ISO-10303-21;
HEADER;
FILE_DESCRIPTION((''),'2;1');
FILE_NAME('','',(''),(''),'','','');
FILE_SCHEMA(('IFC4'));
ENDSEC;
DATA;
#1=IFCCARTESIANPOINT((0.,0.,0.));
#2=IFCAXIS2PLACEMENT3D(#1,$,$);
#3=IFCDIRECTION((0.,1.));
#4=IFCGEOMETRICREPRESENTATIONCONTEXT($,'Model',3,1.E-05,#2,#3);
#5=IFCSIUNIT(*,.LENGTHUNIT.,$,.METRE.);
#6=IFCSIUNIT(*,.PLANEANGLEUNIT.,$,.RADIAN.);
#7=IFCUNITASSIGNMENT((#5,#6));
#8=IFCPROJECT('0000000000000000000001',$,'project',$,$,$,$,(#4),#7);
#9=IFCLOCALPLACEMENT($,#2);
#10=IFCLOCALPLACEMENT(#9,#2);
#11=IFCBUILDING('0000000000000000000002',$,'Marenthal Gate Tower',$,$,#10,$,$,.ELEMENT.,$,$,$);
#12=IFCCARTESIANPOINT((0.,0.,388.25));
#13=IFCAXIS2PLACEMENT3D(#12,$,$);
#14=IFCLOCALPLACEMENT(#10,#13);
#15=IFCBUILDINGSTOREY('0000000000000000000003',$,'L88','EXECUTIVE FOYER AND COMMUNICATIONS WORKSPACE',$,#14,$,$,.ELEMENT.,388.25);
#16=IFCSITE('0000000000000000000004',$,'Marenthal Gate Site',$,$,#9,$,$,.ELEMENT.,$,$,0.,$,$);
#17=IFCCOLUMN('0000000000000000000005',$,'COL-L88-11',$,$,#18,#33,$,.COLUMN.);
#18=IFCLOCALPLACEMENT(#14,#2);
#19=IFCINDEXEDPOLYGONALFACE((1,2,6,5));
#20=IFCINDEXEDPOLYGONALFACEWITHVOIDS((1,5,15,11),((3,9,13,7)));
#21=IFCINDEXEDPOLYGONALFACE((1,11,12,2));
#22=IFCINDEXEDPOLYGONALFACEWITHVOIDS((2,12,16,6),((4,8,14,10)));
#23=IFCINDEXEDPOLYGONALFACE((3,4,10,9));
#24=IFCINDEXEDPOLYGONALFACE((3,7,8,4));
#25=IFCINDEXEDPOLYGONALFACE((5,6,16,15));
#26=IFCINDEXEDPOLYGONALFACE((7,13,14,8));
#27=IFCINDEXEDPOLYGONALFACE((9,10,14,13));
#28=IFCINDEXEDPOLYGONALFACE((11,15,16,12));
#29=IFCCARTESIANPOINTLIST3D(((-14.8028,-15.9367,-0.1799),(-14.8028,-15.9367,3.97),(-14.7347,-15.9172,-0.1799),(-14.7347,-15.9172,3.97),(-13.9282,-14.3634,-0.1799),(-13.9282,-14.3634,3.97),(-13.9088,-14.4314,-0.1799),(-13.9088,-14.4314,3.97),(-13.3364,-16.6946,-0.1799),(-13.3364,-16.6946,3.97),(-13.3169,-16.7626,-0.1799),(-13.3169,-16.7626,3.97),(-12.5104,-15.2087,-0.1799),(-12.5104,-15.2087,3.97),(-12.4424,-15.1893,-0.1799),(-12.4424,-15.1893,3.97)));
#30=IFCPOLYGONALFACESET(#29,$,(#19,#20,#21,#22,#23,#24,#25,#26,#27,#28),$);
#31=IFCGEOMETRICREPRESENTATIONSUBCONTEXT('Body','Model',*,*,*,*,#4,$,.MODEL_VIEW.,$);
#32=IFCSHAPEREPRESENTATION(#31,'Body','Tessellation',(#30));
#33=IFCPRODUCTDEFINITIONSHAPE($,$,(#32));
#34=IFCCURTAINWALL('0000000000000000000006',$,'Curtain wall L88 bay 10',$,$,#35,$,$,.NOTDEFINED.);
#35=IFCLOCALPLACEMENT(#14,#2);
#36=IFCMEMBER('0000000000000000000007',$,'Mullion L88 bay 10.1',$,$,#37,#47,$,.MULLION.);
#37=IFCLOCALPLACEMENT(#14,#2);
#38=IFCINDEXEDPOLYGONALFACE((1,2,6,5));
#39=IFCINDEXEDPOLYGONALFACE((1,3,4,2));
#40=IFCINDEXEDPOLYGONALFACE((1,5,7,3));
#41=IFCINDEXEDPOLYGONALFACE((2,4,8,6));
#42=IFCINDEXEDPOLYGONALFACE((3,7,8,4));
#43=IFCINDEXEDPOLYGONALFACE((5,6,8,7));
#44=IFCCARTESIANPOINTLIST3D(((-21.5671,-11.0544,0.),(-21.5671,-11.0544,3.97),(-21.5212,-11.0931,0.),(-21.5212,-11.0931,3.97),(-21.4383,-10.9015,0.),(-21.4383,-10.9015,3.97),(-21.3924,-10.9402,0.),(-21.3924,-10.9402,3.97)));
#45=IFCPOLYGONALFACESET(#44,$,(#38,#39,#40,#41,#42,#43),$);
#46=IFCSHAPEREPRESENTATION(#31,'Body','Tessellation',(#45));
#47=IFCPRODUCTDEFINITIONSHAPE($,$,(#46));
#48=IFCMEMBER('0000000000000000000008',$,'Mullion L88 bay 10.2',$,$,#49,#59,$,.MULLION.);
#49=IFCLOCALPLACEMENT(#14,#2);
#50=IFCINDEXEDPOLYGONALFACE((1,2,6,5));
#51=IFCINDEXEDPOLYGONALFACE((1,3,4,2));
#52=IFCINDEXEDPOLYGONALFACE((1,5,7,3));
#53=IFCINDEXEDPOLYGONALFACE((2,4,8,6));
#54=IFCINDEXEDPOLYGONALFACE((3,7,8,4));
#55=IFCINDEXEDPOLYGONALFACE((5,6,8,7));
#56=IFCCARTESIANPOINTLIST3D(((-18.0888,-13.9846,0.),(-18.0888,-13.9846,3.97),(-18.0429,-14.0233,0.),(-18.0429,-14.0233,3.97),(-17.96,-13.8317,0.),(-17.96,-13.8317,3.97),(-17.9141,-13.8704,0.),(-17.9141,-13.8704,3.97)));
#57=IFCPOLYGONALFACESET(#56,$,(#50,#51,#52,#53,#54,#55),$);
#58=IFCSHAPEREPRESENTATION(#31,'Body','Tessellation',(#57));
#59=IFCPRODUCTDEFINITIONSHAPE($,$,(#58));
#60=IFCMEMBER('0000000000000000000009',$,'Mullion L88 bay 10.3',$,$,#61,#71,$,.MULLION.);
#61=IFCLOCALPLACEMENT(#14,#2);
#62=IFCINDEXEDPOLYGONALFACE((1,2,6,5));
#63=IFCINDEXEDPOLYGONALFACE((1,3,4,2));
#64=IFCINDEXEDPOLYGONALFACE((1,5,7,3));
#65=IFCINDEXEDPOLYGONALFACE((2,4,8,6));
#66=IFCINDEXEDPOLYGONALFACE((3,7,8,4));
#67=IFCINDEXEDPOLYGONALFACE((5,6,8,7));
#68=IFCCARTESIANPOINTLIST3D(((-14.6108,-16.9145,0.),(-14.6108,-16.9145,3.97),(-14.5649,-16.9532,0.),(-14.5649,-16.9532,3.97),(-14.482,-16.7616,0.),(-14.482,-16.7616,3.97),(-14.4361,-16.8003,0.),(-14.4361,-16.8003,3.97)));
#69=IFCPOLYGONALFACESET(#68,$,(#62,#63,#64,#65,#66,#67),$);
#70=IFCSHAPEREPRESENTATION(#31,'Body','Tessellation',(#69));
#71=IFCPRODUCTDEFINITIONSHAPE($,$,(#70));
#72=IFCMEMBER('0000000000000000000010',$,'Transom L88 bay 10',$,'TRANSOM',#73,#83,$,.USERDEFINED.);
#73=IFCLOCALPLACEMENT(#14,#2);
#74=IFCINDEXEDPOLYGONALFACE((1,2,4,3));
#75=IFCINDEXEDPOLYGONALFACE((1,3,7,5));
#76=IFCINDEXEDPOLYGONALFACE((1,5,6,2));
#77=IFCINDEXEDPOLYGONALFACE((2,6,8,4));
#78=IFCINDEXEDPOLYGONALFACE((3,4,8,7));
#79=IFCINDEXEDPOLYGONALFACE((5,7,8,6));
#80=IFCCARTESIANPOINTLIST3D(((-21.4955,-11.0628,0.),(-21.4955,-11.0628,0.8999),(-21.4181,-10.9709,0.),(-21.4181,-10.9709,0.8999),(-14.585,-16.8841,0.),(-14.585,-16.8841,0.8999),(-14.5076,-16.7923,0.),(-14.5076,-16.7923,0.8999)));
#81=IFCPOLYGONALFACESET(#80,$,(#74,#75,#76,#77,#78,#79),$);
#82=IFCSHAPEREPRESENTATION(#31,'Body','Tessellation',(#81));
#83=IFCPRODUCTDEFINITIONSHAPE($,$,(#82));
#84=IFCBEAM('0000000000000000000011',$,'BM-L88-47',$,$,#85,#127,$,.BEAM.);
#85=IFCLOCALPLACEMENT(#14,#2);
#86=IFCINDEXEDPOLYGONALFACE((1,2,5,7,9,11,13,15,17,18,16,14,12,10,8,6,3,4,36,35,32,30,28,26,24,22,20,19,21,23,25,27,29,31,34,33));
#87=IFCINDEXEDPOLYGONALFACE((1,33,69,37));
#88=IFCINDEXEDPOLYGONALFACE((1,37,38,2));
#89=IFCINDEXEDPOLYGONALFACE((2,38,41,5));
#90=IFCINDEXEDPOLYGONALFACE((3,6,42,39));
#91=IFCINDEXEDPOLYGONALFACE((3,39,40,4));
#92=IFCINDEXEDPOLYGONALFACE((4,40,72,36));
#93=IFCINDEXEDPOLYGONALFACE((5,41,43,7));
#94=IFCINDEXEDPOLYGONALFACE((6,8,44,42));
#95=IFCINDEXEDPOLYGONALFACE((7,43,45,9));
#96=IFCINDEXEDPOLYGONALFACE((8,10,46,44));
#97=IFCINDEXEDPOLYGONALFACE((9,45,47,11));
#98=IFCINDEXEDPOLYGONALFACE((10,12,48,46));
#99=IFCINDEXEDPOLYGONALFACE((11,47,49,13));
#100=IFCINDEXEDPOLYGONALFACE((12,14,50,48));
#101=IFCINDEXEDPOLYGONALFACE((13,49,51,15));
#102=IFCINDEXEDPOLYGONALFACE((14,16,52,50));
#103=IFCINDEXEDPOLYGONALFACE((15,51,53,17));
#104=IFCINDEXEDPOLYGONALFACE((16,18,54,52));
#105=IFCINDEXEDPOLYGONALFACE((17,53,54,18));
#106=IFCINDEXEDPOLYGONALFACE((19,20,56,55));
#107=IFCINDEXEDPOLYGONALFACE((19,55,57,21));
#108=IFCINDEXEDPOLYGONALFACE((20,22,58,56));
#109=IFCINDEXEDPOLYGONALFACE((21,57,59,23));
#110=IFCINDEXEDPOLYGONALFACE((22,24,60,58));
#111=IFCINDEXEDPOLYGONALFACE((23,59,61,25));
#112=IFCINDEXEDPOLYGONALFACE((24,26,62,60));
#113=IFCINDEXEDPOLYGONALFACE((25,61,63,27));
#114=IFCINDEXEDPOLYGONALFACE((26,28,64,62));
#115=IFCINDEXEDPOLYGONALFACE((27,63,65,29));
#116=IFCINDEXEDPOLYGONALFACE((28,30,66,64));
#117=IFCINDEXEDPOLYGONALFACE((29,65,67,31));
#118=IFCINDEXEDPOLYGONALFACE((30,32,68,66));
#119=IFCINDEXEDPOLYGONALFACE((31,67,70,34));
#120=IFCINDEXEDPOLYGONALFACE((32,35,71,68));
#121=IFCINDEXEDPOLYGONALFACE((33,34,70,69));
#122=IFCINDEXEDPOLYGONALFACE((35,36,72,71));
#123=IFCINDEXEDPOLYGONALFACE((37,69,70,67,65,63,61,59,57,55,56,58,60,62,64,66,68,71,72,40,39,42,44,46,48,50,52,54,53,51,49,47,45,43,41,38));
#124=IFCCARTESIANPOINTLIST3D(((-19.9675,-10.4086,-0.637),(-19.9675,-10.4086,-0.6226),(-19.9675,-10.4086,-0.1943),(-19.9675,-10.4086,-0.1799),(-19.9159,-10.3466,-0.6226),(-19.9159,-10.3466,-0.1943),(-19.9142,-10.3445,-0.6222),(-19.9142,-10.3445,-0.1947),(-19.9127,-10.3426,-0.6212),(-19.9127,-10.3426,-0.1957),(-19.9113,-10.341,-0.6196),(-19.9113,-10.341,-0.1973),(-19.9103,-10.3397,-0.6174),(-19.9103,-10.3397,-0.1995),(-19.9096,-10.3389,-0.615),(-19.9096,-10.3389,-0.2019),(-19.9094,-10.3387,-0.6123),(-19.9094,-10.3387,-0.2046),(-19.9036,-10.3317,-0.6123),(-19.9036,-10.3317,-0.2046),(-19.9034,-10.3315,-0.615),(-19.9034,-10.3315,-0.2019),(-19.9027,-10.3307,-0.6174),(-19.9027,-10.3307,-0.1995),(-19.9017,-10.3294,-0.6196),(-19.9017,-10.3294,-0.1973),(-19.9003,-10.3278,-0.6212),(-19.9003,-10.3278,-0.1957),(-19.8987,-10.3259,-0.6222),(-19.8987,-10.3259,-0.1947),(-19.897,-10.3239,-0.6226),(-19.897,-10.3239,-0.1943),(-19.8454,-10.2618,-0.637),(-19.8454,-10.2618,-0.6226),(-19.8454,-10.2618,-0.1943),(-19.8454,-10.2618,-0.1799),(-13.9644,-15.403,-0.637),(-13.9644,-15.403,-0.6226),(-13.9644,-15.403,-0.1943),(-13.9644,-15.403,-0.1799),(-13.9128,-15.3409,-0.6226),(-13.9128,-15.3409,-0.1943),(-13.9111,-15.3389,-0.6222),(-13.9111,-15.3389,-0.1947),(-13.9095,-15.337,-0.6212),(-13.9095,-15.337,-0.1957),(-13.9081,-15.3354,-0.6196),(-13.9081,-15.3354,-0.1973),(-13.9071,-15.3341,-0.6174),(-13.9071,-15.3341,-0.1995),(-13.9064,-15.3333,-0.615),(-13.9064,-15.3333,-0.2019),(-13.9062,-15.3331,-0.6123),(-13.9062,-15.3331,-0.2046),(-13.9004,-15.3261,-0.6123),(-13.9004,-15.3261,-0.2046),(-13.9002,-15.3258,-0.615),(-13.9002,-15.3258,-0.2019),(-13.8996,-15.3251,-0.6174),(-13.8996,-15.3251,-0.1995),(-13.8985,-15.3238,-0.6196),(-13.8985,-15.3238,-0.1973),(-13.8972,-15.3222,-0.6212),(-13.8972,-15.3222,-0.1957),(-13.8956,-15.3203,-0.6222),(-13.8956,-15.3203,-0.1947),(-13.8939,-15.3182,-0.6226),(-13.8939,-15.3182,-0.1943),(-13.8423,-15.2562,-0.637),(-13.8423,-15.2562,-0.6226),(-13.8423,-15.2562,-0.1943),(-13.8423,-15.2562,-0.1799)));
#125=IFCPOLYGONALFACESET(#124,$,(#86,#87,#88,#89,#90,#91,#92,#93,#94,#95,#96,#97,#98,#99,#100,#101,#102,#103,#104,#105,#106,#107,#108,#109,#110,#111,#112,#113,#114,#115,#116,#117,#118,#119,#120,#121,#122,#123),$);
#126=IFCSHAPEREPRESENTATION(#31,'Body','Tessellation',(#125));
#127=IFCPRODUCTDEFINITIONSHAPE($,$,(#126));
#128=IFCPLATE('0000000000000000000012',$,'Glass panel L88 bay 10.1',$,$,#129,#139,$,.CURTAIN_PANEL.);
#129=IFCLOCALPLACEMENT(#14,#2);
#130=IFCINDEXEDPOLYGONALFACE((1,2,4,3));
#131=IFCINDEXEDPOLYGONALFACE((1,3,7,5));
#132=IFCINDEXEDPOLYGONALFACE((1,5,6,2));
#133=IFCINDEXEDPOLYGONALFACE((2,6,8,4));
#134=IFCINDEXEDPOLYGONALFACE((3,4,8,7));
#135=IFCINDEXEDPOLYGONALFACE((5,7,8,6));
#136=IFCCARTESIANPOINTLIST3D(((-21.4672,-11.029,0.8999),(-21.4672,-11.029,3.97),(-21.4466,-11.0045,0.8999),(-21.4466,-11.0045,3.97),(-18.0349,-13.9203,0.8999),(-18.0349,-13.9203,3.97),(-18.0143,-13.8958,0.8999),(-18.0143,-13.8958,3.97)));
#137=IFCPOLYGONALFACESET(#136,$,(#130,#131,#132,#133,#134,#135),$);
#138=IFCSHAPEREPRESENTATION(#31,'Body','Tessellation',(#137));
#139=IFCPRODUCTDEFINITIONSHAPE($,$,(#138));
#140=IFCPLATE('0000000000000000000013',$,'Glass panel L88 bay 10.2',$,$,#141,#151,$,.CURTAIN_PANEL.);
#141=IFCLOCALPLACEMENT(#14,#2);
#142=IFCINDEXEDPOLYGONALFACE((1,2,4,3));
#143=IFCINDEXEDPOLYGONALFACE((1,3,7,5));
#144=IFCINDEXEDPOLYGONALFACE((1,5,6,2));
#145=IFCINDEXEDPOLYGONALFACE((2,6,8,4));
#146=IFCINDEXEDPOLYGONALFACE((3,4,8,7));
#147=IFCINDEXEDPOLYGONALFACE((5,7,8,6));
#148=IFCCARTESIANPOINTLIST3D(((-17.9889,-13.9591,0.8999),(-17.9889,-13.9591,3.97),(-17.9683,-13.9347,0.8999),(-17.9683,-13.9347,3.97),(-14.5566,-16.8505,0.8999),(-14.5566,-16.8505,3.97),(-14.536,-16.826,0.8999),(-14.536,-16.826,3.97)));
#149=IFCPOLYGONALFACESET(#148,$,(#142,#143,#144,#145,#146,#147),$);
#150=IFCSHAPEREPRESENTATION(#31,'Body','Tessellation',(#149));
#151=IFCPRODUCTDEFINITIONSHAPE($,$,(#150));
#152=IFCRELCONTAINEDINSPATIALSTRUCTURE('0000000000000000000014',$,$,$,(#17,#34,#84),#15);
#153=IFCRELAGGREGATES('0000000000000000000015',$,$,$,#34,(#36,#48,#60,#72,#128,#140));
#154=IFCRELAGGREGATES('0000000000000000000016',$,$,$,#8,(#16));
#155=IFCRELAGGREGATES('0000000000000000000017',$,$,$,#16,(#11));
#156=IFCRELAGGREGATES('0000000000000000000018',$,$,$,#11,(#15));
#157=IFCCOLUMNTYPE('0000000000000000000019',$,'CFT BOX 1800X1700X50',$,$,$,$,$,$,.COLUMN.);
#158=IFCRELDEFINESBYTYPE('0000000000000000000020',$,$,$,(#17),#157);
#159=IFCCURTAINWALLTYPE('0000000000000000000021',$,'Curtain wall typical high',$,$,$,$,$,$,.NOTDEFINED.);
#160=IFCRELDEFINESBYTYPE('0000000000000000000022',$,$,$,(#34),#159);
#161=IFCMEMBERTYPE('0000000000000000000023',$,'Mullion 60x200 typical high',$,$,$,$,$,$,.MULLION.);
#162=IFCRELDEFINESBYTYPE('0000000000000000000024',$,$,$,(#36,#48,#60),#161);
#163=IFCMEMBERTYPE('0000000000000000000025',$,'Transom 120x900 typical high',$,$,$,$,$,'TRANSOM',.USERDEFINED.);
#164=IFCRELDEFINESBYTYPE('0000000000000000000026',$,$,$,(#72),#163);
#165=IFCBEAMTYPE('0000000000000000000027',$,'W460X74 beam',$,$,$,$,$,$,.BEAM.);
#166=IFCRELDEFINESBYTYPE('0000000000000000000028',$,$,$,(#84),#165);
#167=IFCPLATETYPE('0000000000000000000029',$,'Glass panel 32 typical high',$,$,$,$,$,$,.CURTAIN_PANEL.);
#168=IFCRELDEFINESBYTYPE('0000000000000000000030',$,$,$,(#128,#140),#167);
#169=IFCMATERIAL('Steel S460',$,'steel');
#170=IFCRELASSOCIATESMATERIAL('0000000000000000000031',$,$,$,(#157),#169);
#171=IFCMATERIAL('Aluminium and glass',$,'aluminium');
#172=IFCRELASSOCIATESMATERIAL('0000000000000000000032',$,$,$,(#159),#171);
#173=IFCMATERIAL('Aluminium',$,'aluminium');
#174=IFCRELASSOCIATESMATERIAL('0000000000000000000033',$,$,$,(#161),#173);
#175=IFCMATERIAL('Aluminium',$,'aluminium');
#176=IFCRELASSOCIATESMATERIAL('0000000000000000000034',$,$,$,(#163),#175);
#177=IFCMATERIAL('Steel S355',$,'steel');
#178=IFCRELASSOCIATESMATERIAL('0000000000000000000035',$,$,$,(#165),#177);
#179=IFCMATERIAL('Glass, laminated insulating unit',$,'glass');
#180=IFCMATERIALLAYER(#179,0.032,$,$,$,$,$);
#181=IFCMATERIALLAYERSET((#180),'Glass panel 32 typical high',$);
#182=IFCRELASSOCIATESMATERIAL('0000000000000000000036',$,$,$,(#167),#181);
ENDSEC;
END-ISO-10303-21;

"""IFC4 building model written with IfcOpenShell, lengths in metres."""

from ifc_helpers import new_model, si_unit, direction, frame, origin, origin_2d, place, context, subcontext, project, spatial, rectangle, hollow_rectangle, i_section, extrude, material, layer, layer_set, material_profile, profile_set, type_object, element, aggregate, save


model = new_model("IFC4")

# Units and contexts
model_context = context("Model", 3, precision=1e-05, world=origin(), true_north=direction((0.0, 1.0)))
body_context = subcontext(model_context, "Body", "Model", "MODEL_VIEW")
ifc_project = project(units=[si_unit("LENGTHUNIT", "METRE"), si_unit("PLANEANGLEUNIT", "RADIAN")], contexts=[model_context])

# Site, building, storey
site_placement = place(None, origin())
site = spatial("IfcSite", under=ifc_project, at=site_placement, Name="Marenthal Gate Site", CompositionType="ELEMENT", RefElevation=0.0)
building_placement = place(site_placement, origin())
building = spatial("IfcBuilding", under=site, at=building_placement, Name="Marenthal Gate Tower", CompositionType="ELEMENT")
storey_placement = place(building_placement, frame((0.0, 0.0, 388.25)))
storey = spatial("IfcBuildingStorey", under=building, at=storey_placement, Name="L88", Description="EXECUTIVE FOYER AND COMMUNICATIONS WORKSPACE", CompositionType="ELEMENT", Elevation=388.25)

# Column
ifc_material_1 = material(Name="Steel S460", Category="steel")
ifc_material_profile_1 = material_profile(ifc_material_1, hollow_rectangle(XDim=1.7, YDim=1.8, WallThickness=0.05, at=origin_2d()), Name="CFT BOX 1800X1700X50")
ifc_material_2 = material(Name="Concrete 70 MPa", Category="concrete")
ifc_material_profile_2 = material_profile(ifc_material_2, rectangle(XDim=1.6001, YDim=1.7, at=origin_2d()), Name="CFT BOX 1800X1700X50 INFILL")
ifc_profile_set_1 = profile_set([ifc_material_profile_1, ifc_material_profile_2], Name="Steel S460 shell, Concrete 70 MPa infill")
column_type = type_object("IfcColumnType", Name="CFT BOX 1800X1700X50", PredefinedType="COLUMN", material=ifc_profile_set_1)
column_placement = place(storey_placement, frame((-13.6226, -15.563, -0.1799), z_axis=(0.0, 0.0, 1.0), x_axis=(-0.874037, 0.48586, 0.0)))
element("IfcColumn", 1, at=column_placement, inside=storey, type_object=column_type, Name="COL-L88-11", PredefinedType="COLUMN", context=body_context, shape_type="SweptSolid", body=[
    extrude(hollow_rectangle(XDim=1.7, YDim=1.8, WallThickness=0.05, at=origin_2d()), origin(), (0.0, 0.0, 1.0), 4.1499),
])

# Curtain wall, members
ifc_material_3 = material(Name="Aluminium and glass", Category="aluminium")
curtain_wall_type = type_object("IfcCurtainWallType", Name="Curtain wall typical high", PredefinedType="NOTDEFINED", material=ifc_material_3)
curtain_wall_placement = place(storey_placement, origin())
curtain_wall = element("IfcCurtainWall", 2, at=curtain_wall_placement, inside=storey, type_object=curtain_wall_type, Name="Curtain wall L88 bay 10", PredefinedType="NOTDEFINED")
ifc_material_4 = material(Name="Aluminium", Category="aluminium")
ifc_material_profile_3 = material_profile(ifc_material_4, rectangle(XDim=0.2, YDim=0.0601, at=origin_2d()), Name="60x200 aluminium mullion")
ifc_profile_set_2 = profile_set([ifc_material_profile_3], Name="Aluminium")
member_type_1 = type_object("IfcMemberType", Name="Mullion 60x200 typical high", PredefinedType="MULLION", material=ifc_profile_set_2)
member_1_placement = place(storey_placement, frame((-21.4797, -10.9973, 0.0), z_axis=(0.0, 0.0, 1.0), x_axis=(0.644265, 0.764802, 0.0)))
member_1 = element("IfcMember", 3, at=member_1_placement, type_object=member_type_1, Name="Mullion L88 bay 10.1", PredefinedType="MULLION", context=body_context, shape_type="SweptSolid", body=[
    extrude(rectangle(XDim=0.2, YDim=0.0601, at=origin_2d()), origin(), (0.0, 0.0, 1.0), 3.97),
])
member_2_placement = place(storey_placement, frame((-18.0015, -13.9275, 0.0), z_axis=(0.0, 0.0, 1.0), x_axis=(0.644265, 0.764802, 0.0)))
member_2 = element("IfcMember", 4, at=member_2_placement, type_object=member_type_1, Name="Mullion L88 bay 10.2", PredefinedType="MULLION", context=body_context, shape_type="SweptSolid", body=[
    extrude(rectangle(XDim=0.2, YDim=0.0601, at=origin_2d()), origin(), (0.0, 0.0, 1.0), 3.97),
])
member_3_placement = place(storey_placement, frame((-14.5234, -16.8574, 0.0), z_axis=(0.0, 0.0, 1.0), x_axis=(0.644265, 0.764802, 0.0)))
member_3 = element("IfcMember", 5, at=member_3_placement, type_object=member_type_1, Name="Mullion L88 bay 10.3", PredefinedType="MULLION", context=body_context, shape_type="SweptSolid", body=[
    extrude(rectangle(XDim=0.2, YDim=0.0601, at=origin_2d()), origin(), (0.0, 0.0, 1.0), 3.97),
])
ifc_material_5 = material(Name="Aluminium", Category="aluminium")
ifc_material_profile_4 = material_profile(ifc_material_5, rectangle(XDim=0.1201, YDim=0.8999, at=origin_2d()), Name="120x900 aluminium transom")
ifc_profile_set_3 = profile_set([ifc_material_profile_4], Name="Aluminium")
member_type_2 = type_object("IfcMemberType", Name="Transom 120x900 typical high", ElementType="TRANSOM", PredefinedType="USERDEFINED", material=ifc_profile_set_3)
member_4_placement = place(storey_placement, frame((-21.4568, -11.0168, 0.45), z_axis=(0.764802, -0.644266, 0.0), x_axis=(0.644266, 0.764802, 0.0)))
member_4 = element("IfcMember", 6, at=member_4_placement, type_object=member_type_2, Name="Transom L88 bay 10", ObjectType="TRANSOM", PredefinedType="USERDEFINED", context=body_context, shape_type="SweptSolid", body=[
    extrude(rectangle(XDim=0.1201, YDim=0.8999, at=origin_2d()), origin(), (0.0, 0.0, 1.0), 9.0356),
])

# Beam
ifc_material_6 = material(Name="Steel S355", Category="steel")
ifc_material_profile_5 = material_profile(ifc_material_6, i_section(OverallWidth=0.1909, OverallDepth=0.457, WebThickness=0.009, FlangeThickness=0.0144, FilletRadius=0.0103, at=origin_2d()), Name="W460X74")
ifc_profile_set_4 = profile_set([ifc_material_profile_5], Name="Steel S355")
beam_type = type_object("IfcBeamType", Name="W460X74 beam", PredefinedType="BEAM", material=ifc_profile_set_4)
beam_placement = place(storey_placement, frame((-19.9065, -10.3352, -0.4084), z_axis=(0.768741, -0.63956, 0.0), x_axis=(0.63956, 0.768741, 0.0)))
element("IfcBeam", 7, at=beam_placement, inside=storey, type_object=beam_type, Name="BM-L88-47", PredefinedType="BEAM", context=body_context, shape_type="SweptSolid", body=[
    extrude(i_section(OverallWidth=0.1909, OverallDepth=0.457, WebThickness=0.009, FlangeThickness=0.0144, FilletRadius=0.0103, at=origin_2d()), origin(), (0.0, 0.0, 1.0), 7.8091),
])

# Plates
ifc_material_7 = material(Name="Glass, laminated insulating unit", Category="glass")
ifc_layer_1 = layer(ifc_material_7, 0.032)
ifc_layer_set_1 = layer_set([ifc_layer_1], Name="Glass panel 32 typical high")
plate_type = type_object("IfcPlateType", Name="Glass panel 32 typical high", PredefinedType="CURTAIN_PANEL", material=ifc_layer_set_1)
plate_1_placement = place(storey_placement, frame((-19.7407, -12.4624, 0.8999), z_axis=(0.0, 0.0, 1.0), x_axis=(0.764802, -0.644265, 0.0)))
plate_1 = element("IfcPlate", 8, at=plate_1_placement, type_object=plate_type, Name="Glass panel L88 bay 10.1", PredefinedType="CURTAIN_PANEL", context=body_context, shape_type="SweptSolid", body=[
    extrude(rectangle(XDim=4.4878, YDim=0.032, at=origin_2d()), origin(), (0.0, 0.0, 1.0), 3.0701),
])
plate_2_placement = place(storey_placement, frame((-16.2625, -15.3926, 0.8999), z_axis=(0.0, 0.0, 1.0), x_axis=(0.764802, -0.644265, 0.0)))
plate_2 = element("IfcPlate", 9, at=plate_2_placement, type_object=plate_type, Name="Glass panel L88 bay 10.2", PredefinedType="CURTAIN_PANEL", context=body_context, shape_type="SweptSolid", body=[
    extrude(rectangle(XDim=4.4878, YDim=0.032, at=origin_2d()), origin(), (0.0, 0.0, 1.0), 3.0701),
])
aggregate(curtain_wall, [member_1, member_2, member_3, member_4, plate_1, plate_2])

save(model, "model.ifc")
